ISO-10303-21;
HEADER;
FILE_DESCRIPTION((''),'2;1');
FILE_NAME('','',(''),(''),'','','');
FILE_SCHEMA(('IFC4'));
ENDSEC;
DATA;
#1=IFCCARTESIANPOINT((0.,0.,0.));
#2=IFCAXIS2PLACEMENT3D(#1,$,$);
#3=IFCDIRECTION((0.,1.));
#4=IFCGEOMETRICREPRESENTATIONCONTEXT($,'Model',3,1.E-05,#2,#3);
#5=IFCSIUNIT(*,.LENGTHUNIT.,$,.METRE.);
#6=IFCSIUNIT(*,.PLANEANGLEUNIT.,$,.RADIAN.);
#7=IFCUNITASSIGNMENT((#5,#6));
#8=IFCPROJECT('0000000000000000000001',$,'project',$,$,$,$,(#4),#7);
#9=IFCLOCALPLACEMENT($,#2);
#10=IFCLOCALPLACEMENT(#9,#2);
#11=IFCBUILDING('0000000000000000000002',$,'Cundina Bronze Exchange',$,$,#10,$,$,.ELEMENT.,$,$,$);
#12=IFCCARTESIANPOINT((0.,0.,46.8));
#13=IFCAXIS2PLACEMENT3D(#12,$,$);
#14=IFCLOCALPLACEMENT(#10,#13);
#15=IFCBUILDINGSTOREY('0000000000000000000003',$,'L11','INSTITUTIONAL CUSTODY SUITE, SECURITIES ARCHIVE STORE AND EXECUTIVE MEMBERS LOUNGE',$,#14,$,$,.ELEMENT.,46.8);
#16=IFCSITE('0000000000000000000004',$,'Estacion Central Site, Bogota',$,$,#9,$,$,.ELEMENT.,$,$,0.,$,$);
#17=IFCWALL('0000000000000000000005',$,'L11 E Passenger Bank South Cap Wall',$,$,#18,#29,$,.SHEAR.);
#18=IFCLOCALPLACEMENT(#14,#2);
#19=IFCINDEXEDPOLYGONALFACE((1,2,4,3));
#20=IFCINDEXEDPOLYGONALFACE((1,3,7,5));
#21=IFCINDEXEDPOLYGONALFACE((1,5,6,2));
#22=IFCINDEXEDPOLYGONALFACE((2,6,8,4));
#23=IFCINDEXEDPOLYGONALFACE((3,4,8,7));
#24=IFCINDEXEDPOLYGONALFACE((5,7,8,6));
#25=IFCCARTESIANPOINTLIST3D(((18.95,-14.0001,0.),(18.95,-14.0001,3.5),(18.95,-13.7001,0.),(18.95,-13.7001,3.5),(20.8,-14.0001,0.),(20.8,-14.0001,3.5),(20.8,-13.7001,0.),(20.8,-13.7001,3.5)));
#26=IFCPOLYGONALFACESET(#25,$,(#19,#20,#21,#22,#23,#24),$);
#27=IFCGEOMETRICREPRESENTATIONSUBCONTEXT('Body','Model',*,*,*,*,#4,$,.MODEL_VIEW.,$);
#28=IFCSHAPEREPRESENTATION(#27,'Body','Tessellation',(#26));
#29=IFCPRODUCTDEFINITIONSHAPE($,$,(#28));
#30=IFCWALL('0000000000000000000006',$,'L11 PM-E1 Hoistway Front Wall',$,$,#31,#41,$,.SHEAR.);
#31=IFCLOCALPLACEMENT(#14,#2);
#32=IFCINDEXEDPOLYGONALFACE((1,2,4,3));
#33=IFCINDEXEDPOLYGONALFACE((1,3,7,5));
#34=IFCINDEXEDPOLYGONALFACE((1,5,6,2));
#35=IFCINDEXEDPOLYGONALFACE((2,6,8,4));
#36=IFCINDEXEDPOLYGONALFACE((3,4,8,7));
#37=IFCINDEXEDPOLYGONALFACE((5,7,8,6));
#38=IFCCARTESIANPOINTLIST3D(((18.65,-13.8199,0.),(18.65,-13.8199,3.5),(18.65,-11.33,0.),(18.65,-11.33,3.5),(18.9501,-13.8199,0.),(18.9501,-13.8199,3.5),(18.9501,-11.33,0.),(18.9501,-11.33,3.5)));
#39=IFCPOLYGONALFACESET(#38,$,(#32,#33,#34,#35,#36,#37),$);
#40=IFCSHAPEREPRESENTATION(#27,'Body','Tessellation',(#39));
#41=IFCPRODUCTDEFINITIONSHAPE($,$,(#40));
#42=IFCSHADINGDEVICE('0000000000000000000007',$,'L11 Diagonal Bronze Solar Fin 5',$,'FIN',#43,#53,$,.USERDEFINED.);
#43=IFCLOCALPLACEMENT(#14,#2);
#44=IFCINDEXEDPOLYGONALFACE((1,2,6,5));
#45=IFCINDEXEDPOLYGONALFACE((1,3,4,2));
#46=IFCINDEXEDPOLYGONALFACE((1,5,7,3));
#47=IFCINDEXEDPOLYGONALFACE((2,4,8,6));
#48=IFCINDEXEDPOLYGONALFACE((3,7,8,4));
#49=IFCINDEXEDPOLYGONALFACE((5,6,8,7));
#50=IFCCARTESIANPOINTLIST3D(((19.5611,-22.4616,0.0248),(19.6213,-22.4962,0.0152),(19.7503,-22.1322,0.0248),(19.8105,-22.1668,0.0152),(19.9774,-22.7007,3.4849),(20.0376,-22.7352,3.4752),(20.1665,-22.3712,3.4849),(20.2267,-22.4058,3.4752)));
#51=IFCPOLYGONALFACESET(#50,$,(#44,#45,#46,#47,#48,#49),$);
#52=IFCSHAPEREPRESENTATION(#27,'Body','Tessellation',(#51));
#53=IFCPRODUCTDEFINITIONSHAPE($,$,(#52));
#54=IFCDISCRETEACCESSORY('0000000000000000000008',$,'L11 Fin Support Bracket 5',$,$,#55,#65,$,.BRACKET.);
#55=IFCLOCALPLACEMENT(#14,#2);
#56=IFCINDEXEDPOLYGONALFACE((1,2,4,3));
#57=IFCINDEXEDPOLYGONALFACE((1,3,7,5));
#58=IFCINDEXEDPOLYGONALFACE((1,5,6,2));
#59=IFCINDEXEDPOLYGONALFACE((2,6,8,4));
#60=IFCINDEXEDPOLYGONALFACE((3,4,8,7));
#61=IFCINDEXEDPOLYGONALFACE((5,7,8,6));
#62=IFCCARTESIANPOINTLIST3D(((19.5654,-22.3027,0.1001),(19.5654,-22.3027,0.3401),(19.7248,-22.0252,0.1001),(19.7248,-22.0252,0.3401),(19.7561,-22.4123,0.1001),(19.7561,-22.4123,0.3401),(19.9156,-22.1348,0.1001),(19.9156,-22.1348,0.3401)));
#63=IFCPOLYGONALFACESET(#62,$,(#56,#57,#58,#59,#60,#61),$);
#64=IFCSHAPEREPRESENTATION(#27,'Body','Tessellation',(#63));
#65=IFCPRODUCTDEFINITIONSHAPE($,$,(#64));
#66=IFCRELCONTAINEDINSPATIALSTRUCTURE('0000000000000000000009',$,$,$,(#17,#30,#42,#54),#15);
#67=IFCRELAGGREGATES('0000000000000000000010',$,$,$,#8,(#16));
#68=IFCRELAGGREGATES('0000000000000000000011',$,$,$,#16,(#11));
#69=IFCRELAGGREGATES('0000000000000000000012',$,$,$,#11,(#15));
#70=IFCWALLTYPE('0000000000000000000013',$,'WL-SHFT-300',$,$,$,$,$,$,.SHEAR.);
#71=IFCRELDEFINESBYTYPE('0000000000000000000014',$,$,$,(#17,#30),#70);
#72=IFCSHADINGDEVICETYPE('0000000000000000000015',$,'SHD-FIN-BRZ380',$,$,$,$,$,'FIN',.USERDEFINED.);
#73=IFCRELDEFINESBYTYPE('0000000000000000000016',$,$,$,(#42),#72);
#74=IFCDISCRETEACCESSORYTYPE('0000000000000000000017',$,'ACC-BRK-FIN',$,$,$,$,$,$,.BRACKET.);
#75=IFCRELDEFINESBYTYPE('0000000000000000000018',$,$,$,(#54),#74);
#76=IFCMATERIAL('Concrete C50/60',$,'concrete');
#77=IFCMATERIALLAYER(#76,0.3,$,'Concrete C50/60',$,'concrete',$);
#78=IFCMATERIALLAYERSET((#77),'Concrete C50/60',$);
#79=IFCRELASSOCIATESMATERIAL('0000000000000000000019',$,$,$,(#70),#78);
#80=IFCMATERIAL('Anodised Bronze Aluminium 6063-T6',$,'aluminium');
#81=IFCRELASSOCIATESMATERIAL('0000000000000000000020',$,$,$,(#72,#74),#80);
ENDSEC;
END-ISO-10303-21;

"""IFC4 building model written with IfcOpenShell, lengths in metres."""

from ifc_helpers import new_model, si_unit, direction, frame, frame_2d, origin, origin_2d, place, context, subcontext, project, spatial, rectangle, extrude, material, layer, layer_set, material_profile, profile_set, type_object, element, save


model = new_model("IFC4")

# Units and contexts
model_context = context("Model", 3, precision=1e-05, world=origin(), true_north=direction((0.0, 1.0)))
body_context = subcontext(model_context, "Body", "Model", "MODEL_VIEW")
ifc_project = project(units=[si_unit("LENGTHUNIT", "METRE"), si_unit("PLANEANGLEUNIT", "RADIAN")], contexts=[model_context])

# Site, building, storey
site_placement = place(None, origin())
site = spatial("IfcSite", under=ifc_project, at=site_placement, Name="Estacion Central Site, Bogota", CompositionType="ELEMENT", RefElevation=0.0)
building_placement = place(site_placement, origin())
building = spatial("IfcBuilding", under=site, at=building_placement, Name="Cundina Bronze Exchange", CompositionType="ELEMENT")
storey_placement = place(building_placement, frame((0.0, 0.0, 46.8)))
storey = spatial("IfcBuildingStorey", under=building, at=storey_placement, Name="L11", Description="INSTITUTIONAL CUSTODY SUITE, SECURITIES ARCHIVE STORE AND EXECUTIVE MEMBERS LOUNGE", CompositionType="ELEMENT", Elevation=46.8)

# Shared definitions
ifc_material_1 = material(Name="Anodised Bronze Aluminium 6063-T6", Category="aluminium")

# Walls
ifc_material_2 = material(Name="Concrete C50/60", Category="concrete")
ifc_layer_1 = layer(ifc_material_2, 0.3, Name="Concrete C50/60", Category="concrete")
ifc_layer_set_1 = layer_set([ifc_layer_1], Name="Concrete C50/60")
wall_type_1 = type_object("IfcWallType", Name="WL-SHFT-300", PredefinedType="SHEAR", material=ifc_layer_set_1)
wall_1_placement = place(storey_placement, frame((18.95, -13.8501, 0.0), z_axis=(0.0, 0.0, 1.0), x_axis=(1.0, 0.0, 0.0)))
element("IfcWall", 1, at=wall_1_placement, inside=storey, type_object=wall_type_1, Name="L11 E Passenger Bank South Cap Wall", PredefinedType="SHEAR", context=body_context, shape_type="SweptSolid", body=[
    extrude(rectangle(XDim=1.8501, YDim=0.3, at=frame_2d((0.925, 0.0))), origin(), (0.0, 0.0, 1.0), 3.5),
])
wall_2_placement = place(storey_placement, frame((18.8, -13.8201, 0.0), z_axis=(0.0, 0.0, 1.0), x_axis=(0.0, 1.0, 0.0)))
element("IfcWall", 2, at=wall_2_placement, inside=storey, type_object=wall_type_1, Name="L11 PM-E1 Hoistway Front Wall", PredefinedType="SHEAR", context=body_context, shape_type="SweptSolid", body=[
    extrude(rectangle(XDim=2.49, YDim=0.3, at=frame_2d((1.2451, 0.0))), origin(), (0.0, 0.0, 1.0), 3.5),
])

# Shading device
ifc_material_profile_1 = material_profile(ifc_material_1, rectangle(XDim=0.0701, YDim=0.3799, at=origin_2d()), Name="FIN70X380", Category="aluminium")
ifc_profile_set_1 = profile_set([ifc_material_profile_1], Name="Anodised Bronze Aluminium 6063-T6")
shading_device_type = type_object("IfcShadingDeviceType", Name="SHD-FIN-BRZ380", ElementType="FIN", PredefinedType="USERDEFINED", material=ifc_profile_set_1)
shading_device_placement = place(storey_placement, frame((19.6858, -22.3142, 0.02), z_axis=(0.119166, -0.068425, 0.990514), x_axis=(-0.858982, 0.493222, 0.137414)))
element("IfcShadingDevice", 3, at=shading_device_placement, inside=storey, type_object=shading_device_type, Name="L11 Diagonal Bronze Solar Fin 5", ObjectType="FIN", PredefinedType="USERDEFINED", context=body_context, shape_type="SweptSolid", body=[
    extrude(rectangle(XDim=0.0701, YDim=0.3799, at=origin_2d()), origin(), (0.0, 0.0, 1.0), 3.4932),
])

# Discrete accessory
discrete_accessory_type = type_object("IfcDiscreteAccessoryType", Name="ACC-BRK-FIN", PredefinedType="BRACKET", material=ifc_material_1)
discrete_accessory_placement = place(storey_placement, frame((19.7405, -22.2188, 0.1001), z_axis=(0.0, 0.0, 1.0), x_axis=(0.867105, -0.498125, 0.0)))
element("IfcDiscreteAccessory", 4, at=discrete_accessory_placement, inside=storey, type_object=discrete_accessory_type, Name="L11 Fin Support Bracket 5", PredefinedType="BRACKET", context=body_context, shape_type="SweptSolid", body=[
    extrude(rectangle(XDim=0.22, YDim=0.3201, at=origin_2d()), origin(), (0.0, 0.0, 1.0), 0.24),
])

save(model, "model.ifc")
